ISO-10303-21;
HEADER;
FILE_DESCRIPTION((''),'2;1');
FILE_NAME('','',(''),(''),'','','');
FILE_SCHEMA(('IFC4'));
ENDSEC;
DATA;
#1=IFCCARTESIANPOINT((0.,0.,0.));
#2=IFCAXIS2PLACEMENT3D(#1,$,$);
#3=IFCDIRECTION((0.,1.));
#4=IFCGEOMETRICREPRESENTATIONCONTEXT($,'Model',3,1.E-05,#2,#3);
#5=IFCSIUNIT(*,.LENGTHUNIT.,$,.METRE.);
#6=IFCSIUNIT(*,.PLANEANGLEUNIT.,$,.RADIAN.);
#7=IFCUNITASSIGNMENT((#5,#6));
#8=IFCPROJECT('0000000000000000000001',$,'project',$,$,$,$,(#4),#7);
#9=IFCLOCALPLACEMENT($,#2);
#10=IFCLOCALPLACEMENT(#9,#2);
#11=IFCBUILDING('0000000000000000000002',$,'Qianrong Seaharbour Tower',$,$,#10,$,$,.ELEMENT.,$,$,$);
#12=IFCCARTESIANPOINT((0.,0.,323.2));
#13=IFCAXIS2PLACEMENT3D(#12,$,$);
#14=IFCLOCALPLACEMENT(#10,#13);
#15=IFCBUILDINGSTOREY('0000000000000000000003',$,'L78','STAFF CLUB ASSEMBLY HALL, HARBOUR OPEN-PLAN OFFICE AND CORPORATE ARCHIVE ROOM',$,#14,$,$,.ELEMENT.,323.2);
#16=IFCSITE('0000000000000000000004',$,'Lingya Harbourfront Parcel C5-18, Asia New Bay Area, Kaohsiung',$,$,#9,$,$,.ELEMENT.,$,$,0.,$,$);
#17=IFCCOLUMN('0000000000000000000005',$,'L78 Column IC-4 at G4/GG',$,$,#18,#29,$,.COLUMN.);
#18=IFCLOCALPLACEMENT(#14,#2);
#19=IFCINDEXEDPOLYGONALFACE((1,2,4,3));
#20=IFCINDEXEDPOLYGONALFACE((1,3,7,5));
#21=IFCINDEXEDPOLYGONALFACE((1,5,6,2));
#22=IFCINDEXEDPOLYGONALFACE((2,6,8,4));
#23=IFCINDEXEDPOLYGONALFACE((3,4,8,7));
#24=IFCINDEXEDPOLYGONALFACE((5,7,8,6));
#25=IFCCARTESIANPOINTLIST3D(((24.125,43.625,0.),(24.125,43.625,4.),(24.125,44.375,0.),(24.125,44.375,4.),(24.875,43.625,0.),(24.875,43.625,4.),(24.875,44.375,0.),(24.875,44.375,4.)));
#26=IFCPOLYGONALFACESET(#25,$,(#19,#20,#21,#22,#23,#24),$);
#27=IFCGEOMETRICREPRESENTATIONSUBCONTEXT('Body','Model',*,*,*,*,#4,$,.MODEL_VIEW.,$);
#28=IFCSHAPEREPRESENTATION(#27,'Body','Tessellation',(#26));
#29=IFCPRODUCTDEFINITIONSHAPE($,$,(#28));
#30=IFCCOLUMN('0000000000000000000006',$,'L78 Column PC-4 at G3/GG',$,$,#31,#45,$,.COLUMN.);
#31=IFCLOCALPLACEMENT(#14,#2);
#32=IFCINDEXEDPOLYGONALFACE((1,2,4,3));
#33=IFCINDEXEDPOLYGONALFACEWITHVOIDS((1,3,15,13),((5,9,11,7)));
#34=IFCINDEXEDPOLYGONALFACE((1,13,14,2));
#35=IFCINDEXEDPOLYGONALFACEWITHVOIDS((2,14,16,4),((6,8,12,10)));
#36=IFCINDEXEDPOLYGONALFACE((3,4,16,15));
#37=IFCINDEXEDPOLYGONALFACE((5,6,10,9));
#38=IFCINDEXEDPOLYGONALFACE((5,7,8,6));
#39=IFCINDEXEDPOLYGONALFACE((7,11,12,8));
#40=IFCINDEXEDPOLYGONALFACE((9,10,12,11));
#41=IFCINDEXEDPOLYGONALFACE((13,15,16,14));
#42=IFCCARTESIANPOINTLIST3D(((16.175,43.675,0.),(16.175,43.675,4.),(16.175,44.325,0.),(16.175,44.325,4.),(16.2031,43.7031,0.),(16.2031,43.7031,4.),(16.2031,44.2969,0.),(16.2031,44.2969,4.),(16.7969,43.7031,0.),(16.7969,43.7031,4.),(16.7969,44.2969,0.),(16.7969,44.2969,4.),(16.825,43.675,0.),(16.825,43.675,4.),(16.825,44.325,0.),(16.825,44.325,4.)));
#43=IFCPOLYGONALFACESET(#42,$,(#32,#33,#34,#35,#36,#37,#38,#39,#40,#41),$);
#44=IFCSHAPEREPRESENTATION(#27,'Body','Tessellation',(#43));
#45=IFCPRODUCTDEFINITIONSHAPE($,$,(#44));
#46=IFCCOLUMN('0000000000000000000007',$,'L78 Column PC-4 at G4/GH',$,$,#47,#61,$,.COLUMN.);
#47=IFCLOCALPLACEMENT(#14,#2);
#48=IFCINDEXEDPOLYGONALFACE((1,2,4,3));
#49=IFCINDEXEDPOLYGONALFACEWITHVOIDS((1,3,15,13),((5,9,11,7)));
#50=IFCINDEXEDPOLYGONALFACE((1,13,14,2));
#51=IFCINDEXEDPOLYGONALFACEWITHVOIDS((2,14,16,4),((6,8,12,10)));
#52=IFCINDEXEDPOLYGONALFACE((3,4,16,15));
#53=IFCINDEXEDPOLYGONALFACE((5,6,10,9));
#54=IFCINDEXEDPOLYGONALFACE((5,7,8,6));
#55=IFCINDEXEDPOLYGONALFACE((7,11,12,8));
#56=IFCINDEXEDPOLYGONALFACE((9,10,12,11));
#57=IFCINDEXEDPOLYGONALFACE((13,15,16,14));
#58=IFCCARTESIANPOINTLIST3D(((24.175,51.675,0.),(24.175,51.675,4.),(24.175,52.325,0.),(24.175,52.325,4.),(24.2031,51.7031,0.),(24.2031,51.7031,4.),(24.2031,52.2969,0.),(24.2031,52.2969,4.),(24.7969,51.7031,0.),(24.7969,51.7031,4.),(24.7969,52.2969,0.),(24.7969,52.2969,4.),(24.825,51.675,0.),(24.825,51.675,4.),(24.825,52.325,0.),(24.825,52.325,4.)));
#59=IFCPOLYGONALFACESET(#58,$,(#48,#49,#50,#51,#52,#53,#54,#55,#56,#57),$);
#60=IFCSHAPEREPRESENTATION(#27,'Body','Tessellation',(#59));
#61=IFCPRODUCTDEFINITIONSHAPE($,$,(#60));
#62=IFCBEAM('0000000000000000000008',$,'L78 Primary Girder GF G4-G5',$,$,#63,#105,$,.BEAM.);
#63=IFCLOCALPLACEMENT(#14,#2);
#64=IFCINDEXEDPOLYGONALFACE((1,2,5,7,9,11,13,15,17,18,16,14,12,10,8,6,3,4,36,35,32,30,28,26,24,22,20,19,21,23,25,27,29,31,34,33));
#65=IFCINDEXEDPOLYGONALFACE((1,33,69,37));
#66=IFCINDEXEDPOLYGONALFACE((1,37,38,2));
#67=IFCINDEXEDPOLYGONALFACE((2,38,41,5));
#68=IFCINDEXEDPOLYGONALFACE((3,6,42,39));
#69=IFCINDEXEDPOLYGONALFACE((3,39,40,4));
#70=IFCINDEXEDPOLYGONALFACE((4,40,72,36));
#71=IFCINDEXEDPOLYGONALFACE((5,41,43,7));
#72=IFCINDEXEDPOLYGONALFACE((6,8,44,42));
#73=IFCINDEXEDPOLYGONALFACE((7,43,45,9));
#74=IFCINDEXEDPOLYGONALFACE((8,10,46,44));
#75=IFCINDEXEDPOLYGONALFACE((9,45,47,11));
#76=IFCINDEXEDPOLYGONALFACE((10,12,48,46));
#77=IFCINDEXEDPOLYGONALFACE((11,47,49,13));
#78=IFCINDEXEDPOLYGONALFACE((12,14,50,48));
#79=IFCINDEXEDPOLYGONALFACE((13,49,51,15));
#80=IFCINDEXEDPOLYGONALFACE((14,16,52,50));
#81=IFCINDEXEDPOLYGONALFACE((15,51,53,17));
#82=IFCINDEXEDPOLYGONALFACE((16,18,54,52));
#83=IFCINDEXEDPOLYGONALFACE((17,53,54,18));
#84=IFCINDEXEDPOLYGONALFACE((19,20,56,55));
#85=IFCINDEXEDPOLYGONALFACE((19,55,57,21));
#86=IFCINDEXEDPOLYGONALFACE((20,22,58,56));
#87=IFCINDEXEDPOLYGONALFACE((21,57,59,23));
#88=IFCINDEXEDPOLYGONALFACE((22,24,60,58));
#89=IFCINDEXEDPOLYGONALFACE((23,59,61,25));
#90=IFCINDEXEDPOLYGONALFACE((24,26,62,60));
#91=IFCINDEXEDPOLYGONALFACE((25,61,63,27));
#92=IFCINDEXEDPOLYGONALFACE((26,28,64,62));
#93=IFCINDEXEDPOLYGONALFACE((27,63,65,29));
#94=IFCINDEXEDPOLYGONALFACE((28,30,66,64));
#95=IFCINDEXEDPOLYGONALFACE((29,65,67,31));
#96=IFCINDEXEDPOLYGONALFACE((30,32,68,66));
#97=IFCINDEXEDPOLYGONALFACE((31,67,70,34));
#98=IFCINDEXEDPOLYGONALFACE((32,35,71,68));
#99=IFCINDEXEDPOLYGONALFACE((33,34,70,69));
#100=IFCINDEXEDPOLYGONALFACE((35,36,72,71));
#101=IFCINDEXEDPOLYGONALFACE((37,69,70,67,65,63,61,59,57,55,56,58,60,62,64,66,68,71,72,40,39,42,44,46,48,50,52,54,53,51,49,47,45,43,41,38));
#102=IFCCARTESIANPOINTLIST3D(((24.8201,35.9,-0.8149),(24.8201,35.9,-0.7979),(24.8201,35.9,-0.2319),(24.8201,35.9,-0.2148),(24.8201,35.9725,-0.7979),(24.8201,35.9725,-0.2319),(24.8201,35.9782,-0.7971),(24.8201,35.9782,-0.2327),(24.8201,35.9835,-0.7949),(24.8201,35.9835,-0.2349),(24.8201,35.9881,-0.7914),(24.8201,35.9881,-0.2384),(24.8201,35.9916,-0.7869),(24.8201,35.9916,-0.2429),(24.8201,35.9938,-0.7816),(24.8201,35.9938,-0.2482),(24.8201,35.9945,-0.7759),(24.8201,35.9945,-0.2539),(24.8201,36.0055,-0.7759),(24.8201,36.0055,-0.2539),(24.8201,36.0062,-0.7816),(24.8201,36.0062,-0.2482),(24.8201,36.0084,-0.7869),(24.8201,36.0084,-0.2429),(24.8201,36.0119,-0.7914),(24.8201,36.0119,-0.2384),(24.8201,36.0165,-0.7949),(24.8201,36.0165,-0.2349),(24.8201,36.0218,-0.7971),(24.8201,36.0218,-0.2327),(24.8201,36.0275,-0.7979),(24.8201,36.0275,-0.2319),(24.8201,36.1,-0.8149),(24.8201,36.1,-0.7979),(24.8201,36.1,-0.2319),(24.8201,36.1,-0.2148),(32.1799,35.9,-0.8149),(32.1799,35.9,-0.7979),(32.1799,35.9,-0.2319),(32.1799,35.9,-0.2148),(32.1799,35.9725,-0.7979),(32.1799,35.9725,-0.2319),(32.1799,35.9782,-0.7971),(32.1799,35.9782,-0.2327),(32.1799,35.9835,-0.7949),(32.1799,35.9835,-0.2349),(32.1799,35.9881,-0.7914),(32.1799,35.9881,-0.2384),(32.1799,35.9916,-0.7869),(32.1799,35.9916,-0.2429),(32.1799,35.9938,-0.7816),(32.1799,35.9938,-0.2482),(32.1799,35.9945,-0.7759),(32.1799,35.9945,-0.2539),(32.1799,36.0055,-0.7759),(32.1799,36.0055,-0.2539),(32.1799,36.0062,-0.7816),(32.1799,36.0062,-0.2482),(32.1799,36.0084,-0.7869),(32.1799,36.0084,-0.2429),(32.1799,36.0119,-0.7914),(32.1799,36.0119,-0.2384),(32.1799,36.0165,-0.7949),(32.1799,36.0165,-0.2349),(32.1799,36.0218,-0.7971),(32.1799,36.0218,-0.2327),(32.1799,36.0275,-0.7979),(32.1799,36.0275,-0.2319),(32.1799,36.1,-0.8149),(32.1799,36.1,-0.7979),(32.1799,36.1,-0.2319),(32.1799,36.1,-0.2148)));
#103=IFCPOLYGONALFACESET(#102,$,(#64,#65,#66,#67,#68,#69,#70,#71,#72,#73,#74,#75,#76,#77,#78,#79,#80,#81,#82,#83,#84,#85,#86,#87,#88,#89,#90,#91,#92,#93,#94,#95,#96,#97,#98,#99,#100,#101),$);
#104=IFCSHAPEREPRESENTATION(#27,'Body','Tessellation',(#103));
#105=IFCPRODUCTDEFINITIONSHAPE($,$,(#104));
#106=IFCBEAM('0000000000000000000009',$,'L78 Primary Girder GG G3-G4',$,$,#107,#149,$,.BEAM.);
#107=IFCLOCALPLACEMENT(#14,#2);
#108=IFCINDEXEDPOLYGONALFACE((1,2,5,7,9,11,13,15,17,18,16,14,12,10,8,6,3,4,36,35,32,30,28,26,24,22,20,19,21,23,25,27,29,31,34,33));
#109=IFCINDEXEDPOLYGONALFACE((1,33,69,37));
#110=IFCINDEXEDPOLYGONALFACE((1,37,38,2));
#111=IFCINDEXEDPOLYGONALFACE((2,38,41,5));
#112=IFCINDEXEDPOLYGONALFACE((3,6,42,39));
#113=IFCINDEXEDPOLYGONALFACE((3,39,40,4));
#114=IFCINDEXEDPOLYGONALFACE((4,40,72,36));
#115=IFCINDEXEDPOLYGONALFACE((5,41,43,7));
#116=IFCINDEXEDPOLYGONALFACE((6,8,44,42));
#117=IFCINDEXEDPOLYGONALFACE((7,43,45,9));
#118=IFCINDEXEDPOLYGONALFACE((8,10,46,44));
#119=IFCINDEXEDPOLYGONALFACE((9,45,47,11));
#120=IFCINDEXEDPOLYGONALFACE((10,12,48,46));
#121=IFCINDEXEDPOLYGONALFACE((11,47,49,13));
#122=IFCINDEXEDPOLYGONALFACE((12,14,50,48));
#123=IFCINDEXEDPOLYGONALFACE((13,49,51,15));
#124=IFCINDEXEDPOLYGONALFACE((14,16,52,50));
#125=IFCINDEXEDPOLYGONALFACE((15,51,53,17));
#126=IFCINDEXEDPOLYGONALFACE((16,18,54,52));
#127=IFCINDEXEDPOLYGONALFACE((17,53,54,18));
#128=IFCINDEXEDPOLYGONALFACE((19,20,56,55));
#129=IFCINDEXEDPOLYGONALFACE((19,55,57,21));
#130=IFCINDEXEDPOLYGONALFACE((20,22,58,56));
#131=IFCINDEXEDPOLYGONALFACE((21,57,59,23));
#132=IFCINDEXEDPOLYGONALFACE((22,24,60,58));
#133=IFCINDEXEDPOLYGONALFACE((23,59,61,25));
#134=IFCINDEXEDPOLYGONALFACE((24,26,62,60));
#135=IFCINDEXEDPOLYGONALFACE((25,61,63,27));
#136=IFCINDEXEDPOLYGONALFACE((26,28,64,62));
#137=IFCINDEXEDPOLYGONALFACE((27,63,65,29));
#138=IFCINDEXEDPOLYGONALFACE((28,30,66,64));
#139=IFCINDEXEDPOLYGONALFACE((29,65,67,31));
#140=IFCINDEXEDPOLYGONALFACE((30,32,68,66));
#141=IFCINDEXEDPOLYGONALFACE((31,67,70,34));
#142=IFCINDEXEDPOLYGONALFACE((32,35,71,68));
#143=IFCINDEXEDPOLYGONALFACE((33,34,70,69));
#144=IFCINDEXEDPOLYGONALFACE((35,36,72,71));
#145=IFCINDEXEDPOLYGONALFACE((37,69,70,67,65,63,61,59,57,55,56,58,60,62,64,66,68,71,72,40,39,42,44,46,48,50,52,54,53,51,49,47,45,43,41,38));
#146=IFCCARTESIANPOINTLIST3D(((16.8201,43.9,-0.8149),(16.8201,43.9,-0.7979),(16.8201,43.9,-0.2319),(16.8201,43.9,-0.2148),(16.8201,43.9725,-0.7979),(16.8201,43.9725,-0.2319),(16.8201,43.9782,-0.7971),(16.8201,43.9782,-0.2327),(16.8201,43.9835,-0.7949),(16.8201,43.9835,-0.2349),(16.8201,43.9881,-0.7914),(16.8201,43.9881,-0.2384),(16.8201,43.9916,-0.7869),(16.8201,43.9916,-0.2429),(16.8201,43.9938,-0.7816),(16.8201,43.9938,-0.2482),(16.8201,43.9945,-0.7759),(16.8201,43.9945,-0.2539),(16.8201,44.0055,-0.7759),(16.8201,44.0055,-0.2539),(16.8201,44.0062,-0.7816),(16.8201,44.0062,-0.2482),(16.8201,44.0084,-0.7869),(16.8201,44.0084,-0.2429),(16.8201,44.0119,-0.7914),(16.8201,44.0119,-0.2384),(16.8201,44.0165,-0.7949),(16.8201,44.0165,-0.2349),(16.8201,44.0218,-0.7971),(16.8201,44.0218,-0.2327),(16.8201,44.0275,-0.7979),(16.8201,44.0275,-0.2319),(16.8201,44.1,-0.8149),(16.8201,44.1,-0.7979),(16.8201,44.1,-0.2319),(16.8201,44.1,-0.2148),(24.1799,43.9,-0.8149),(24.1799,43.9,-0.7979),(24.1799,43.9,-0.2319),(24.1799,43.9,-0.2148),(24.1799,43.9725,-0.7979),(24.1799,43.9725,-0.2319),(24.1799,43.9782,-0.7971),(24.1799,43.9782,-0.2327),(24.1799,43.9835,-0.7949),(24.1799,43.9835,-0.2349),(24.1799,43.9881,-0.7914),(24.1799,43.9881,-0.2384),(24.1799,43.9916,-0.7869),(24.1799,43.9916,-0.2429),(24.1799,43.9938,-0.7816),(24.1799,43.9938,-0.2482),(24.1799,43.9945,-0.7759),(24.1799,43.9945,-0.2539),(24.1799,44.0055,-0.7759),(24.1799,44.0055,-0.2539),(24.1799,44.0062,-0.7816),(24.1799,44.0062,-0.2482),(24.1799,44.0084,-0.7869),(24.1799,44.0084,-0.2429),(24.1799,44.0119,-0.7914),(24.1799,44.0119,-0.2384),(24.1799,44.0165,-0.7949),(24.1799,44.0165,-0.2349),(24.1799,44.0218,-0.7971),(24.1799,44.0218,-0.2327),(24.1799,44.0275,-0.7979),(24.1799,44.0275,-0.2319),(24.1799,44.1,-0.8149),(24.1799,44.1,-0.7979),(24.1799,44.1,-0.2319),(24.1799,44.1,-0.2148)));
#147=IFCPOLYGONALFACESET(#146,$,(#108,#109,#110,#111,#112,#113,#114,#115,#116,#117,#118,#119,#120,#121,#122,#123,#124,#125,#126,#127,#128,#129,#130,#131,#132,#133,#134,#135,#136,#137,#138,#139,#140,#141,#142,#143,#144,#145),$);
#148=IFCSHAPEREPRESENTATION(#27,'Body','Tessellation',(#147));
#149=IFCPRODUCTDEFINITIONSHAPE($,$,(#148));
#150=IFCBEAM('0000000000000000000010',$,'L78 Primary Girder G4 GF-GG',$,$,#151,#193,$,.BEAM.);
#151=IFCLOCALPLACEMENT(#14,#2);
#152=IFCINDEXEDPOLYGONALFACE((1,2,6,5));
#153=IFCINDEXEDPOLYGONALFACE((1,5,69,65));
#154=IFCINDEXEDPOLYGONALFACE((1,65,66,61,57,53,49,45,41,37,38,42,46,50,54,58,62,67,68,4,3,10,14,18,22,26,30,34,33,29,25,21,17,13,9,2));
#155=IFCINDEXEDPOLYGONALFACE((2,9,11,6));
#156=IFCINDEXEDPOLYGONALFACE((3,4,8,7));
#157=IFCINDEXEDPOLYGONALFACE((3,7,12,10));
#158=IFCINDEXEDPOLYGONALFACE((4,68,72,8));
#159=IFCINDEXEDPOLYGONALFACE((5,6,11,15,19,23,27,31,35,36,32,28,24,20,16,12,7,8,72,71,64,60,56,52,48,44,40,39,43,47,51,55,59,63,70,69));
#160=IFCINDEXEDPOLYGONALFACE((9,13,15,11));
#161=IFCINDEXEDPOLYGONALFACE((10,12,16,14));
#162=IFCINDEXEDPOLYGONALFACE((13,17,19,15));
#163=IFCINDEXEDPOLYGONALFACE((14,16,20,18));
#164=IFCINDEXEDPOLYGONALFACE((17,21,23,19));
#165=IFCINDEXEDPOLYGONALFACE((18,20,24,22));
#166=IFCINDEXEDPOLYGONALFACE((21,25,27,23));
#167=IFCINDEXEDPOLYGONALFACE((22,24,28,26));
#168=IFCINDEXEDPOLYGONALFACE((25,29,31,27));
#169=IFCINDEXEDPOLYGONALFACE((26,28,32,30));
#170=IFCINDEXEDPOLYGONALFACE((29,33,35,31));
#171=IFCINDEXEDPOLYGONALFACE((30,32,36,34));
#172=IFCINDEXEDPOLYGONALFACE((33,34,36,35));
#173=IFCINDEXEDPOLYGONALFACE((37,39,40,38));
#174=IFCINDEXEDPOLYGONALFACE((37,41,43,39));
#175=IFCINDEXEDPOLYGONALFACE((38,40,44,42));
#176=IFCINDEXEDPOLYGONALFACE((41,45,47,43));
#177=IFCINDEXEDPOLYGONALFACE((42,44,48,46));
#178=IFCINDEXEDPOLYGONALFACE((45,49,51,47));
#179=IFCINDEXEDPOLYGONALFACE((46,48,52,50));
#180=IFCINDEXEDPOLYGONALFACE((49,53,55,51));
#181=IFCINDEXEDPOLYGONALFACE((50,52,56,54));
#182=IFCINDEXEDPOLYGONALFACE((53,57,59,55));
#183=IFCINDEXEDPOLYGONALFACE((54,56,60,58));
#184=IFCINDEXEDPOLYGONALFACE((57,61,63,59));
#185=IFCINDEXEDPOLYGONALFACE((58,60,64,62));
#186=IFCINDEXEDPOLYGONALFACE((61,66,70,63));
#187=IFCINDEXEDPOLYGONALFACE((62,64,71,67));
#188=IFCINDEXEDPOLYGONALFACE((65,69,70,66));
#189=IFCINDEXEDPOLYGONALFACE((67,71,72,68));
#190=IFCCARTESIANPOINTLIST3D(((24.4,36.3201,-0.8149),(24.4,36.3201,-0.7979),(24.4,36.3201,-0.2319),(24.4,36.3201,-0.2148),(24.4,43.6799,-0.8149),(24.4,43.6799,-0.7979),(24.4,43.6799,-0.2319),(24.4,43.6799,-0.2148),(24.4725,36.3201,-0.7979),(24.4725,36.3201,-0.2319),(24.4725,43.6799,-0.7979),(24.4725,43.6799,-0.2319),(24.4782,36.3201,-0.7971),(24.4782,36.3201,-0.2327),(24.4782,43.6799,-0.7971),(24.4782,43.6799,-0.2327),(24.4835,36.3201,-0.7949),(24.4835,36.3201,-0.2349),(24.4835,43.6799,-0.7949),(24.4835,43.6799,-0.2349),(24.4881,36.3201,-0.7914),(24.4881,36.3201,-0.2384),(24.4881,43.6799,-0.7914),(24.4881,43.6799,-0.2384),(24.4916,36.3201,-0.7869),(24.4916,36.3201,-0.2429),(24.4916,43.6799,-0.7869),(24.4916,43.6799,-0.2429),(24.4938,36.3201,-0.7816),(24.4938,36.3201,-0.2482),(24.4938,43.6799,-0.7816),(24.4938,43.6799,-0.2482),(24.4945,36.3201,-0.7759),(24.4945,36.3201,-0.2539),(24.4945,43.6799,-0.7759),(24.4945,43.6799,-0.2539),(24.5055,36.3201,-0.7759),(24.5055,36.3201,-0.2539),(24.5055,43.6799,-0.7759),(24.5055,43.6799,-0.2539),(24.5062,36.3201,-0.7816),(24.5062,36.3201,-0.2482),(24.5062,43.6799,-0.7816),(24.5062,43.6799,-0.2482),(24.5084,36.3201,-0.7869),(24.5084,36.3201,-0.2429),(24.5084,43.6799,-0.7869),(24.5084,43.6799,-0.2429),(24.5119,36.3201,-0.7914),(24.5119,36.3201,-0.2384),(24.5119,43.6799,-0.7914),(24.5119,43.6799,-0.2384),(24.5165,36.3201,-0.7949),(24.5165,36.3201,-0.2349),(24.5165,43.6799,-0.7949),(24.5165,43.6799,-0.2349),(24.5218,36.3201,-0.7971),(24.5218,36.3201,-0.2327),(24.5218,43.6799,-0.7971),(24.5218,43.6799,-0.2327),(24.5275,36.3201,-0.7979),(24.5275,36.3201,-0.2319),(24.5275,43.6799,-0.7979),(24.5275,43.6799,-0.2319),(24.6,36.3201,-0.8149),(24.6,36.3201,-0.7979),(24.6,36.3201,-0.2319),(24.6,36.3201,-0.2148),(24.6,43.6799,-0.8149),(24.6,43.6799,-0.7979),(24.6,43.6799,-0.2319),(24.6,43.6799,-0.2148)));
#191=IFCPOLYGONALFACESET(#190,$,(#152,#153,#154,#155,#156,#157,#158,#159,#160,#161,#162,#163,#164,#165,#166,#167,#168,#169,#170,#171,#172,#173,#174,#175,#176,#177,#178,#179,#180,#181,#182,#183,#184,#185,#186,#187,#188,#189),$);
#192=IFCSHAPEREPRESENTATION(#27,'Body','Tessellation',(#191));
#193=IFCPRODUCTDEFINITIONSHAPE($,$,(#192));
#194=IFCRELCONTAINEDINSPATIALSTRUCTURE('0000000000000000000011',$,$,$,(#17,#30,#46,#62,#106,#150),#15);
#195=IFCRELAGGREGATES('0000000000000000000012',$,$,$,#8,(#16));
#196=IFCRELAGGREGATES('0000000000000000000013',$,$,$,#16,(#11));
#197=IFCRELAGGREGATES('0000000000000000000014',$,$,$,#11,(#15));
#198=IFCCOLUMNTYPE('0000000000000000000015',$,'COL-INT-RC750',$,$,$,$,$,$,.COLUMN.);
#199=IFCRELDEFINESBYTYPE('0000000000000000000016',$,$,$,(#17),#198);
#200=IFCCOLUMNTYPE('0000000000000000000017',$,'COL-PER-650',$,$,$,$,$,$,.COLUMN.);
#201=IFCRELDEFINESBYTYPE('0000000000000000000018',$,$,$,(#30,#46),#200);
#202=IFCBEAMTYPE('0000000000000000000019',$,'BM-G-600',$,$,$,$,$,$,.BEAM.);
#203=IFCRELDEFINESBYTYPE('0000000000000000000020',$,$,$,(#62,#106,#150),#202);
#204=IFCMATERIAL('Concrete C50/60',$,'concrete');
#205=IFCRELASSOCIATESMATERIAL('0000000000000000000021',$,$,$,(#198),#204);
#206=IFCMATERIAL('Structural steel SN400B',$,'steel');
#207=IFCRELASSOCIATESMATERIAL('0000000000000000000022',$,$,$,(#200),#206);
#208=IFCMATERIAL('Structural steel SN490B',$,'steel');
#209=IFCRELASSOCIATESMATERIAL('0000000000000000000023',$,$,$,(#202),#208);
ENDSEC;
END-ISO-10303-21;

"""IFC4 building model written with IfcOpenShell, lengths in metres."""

from ifc_helpers import new_model, si_unit, direction, frame, origin, origin_2d, place, context, subcontext, project, spatial, rectangle, hollow_rectangle, i_section, extrude, material, material_profile, profile_set, type_object, element, save


model = new_model("IFC4")

# Units and contexts
model_context = context("Model", 3, precision=1e-05, world=origin(), true_north=direction((0.0, 1.0)))
body_context = subcontext(model_context, "Body", "Model", "MODEL_VIEW")
ifc_project = project(units=[si_unit("LENGTHUNIT", "METRE"), si_unit("PLANEANGLEUNIT", "RADIAN")], contexts=[model_context])

# Site, building, storey
site_placement = place(None, origin())
site = spatial("IfcSite", under=ifc_project, at=site_placement, Name="Lingya Harbourfront Parcel C5-18, Asia New Bay Area, Kaohsiung", CompositionType="ELEMENT", RefElevation=0.0)
building_placement = place(site_placement, origin())
building = spatial("IfcBuilding", under=site, at=building_placement, Name="Qianrong Seaharbour Tower", CompositionType="ELEMENT")
storey_placement = place(building_placement, frame((0.0, 0.0, 323.2)))
storey = spatial("IfcBuildingStorey", under=building, at=storey_placement, Name="L78", Description="STAFF CLUB ASSEMBLY HALL, HARBOUR OPEN-PLAN OFFICE AND CORPORATE ARCHIVE ROOM", CompositionType="ELEMENT", Elevation=323.2)

# Columns
ifc_material_1 = material(Name="Concrete C50/60", Category="concrete")
ifc_material_profile_1 = material_profile(ifc_material_1, rectangle(XDim=0.75, YDim=0.75, at=origin_2d()), Name="RC750x750")
ifc_profile_set_1 = profile_set([ifc_material_profile_1], Name="Concrete C50/60")
column_type_1 = type_object("IfcColumnType", Name="COL-INT-RC750", PredefinedType="COLUMN", material=ifc_profile_set_1)
column_placement = place(storey_placement, frame((24.5, 44.0, 0.0), z_axis=(0.0, 0.0, 1.0), x_axis=(1.0, 0.0, 0.0)))
element("IfcColumn", 1, at=column_placement, inside=storey, type_object=column_type_1, Name="L78 Column IC-4 at G4/GG", PredefinedType="COLUMN", context=body_context, shape_type="SweptSolid", body=[
    extrude(rectangle(XDim=0.75, YDim=0.75, at=origin_2d()), origin(), (0.0, 0.0, 1.0), 4.0),
])
ifc_material_2 = material(Name="Structural steel SN400B", Category="steel")
ifc_material_profile_2 = material_profile(ifc_material_2, hollow_rectangle(XDim=0.6499, YDim=0.6499, WallThickness=0.0281, at=origin_2d()), Name="BOX650x650x28")
ifc_profile_set_2 = profile_set([ifc_material_profile_2], Name="Structural steel SN400B")
column_type_2 = type_object("IfcColumnType", Name="COL-PER-650", PredefinedType="COLUMN", material=ifc_profile_set_2)
for number, where, z_axis, x_axis, name in (
    (2, (16.5, 44.0, 0.0), (0.0, 0.0, 1.0), (1.0, 0.0, 0.0), "L78 Column PC-4 at G3/GG"),
    (3, (24.5, 52.0, 0.0), (0.0, 0.0, 1.0), (1.0, 0.0, 0.0), "L78 Column PC-4 at G4/GH"),
):
    element("IfcColumn", number, at=place(storey_placement, frame(where, z_axis=z_axis, x_axis=x_axis)), inside=storey, type_object=column_type_2, Name=name, PredefinedType="COLUMN", context=body_context, shape_type="SweptSolid", body=[
        extrude(hollow_rectangle(XDim=0.6499, YDim=0.6499, WallThickness=0.0281, at=origin_2d()), origin(), (0.0, 0.0, 1.0), 4.0),
    ])

# Beams
ifc_material_3 = material(Name="Structural steel SN490B", Category="steel")
ifc_material_profile_3 = material_profile(ifc_material_3, i_section(OverallWidth=0.2, OverallDepth=0.6001, WebThickness=0.011, FlangeThickness=0.0171, FilletRadius=0.022, at=origin_2d()), Name="H600x200x11x17")
ifc_profile_set_3 = profile_set([ifc_material_profile_3], Name="Structural steel SN490B")
beam_type_1 = type_object("IfcBeamType", Name="BM-G-600", PredefinedType="BEAM", material=ifc_profile_set_3)
for number, where, z_axis, x_axis, name in (
    (4, (24.8201, 36.0, -0.5149), (1.0, 0.0, 0.0), (0.0, 1.0, 0.0), "L78 Primary Girder GF G4-G5"),
    (5, (16.8201, 44.0, -0.5149), (1.0, 0.0, 0.0), (0.0, 1.0, 0.0), "L78 Primary Girder GG G3-G4"),
    (6, (24.5, 36.3201, -0.5149), (0.0, 1.0, 0.0), (-1.0, 0.0, 0.0), "L78 Primary Girder G4 GF-GG"),
):
    element("IfcBeam", number, at=place(storey_placement, frame(where, z_axis=z_axis, x_axis=x_axis)), inside=storey, type_object=beam_type_1, Name=name, PredefinedType="BEAM", context=body_context, shape_type="SweptSolid", body=[
        extrude(i_section(OverallWidth=0.2, OverallDepth=0.6001, WebThickness=0.011, FlangeThickness=0.0171, FilletRadius=0.022, at=origin_2d()), origin(), (0.0, 0.0, 1.0), 7.3599),
    ])

save(model, "model.ifc")
